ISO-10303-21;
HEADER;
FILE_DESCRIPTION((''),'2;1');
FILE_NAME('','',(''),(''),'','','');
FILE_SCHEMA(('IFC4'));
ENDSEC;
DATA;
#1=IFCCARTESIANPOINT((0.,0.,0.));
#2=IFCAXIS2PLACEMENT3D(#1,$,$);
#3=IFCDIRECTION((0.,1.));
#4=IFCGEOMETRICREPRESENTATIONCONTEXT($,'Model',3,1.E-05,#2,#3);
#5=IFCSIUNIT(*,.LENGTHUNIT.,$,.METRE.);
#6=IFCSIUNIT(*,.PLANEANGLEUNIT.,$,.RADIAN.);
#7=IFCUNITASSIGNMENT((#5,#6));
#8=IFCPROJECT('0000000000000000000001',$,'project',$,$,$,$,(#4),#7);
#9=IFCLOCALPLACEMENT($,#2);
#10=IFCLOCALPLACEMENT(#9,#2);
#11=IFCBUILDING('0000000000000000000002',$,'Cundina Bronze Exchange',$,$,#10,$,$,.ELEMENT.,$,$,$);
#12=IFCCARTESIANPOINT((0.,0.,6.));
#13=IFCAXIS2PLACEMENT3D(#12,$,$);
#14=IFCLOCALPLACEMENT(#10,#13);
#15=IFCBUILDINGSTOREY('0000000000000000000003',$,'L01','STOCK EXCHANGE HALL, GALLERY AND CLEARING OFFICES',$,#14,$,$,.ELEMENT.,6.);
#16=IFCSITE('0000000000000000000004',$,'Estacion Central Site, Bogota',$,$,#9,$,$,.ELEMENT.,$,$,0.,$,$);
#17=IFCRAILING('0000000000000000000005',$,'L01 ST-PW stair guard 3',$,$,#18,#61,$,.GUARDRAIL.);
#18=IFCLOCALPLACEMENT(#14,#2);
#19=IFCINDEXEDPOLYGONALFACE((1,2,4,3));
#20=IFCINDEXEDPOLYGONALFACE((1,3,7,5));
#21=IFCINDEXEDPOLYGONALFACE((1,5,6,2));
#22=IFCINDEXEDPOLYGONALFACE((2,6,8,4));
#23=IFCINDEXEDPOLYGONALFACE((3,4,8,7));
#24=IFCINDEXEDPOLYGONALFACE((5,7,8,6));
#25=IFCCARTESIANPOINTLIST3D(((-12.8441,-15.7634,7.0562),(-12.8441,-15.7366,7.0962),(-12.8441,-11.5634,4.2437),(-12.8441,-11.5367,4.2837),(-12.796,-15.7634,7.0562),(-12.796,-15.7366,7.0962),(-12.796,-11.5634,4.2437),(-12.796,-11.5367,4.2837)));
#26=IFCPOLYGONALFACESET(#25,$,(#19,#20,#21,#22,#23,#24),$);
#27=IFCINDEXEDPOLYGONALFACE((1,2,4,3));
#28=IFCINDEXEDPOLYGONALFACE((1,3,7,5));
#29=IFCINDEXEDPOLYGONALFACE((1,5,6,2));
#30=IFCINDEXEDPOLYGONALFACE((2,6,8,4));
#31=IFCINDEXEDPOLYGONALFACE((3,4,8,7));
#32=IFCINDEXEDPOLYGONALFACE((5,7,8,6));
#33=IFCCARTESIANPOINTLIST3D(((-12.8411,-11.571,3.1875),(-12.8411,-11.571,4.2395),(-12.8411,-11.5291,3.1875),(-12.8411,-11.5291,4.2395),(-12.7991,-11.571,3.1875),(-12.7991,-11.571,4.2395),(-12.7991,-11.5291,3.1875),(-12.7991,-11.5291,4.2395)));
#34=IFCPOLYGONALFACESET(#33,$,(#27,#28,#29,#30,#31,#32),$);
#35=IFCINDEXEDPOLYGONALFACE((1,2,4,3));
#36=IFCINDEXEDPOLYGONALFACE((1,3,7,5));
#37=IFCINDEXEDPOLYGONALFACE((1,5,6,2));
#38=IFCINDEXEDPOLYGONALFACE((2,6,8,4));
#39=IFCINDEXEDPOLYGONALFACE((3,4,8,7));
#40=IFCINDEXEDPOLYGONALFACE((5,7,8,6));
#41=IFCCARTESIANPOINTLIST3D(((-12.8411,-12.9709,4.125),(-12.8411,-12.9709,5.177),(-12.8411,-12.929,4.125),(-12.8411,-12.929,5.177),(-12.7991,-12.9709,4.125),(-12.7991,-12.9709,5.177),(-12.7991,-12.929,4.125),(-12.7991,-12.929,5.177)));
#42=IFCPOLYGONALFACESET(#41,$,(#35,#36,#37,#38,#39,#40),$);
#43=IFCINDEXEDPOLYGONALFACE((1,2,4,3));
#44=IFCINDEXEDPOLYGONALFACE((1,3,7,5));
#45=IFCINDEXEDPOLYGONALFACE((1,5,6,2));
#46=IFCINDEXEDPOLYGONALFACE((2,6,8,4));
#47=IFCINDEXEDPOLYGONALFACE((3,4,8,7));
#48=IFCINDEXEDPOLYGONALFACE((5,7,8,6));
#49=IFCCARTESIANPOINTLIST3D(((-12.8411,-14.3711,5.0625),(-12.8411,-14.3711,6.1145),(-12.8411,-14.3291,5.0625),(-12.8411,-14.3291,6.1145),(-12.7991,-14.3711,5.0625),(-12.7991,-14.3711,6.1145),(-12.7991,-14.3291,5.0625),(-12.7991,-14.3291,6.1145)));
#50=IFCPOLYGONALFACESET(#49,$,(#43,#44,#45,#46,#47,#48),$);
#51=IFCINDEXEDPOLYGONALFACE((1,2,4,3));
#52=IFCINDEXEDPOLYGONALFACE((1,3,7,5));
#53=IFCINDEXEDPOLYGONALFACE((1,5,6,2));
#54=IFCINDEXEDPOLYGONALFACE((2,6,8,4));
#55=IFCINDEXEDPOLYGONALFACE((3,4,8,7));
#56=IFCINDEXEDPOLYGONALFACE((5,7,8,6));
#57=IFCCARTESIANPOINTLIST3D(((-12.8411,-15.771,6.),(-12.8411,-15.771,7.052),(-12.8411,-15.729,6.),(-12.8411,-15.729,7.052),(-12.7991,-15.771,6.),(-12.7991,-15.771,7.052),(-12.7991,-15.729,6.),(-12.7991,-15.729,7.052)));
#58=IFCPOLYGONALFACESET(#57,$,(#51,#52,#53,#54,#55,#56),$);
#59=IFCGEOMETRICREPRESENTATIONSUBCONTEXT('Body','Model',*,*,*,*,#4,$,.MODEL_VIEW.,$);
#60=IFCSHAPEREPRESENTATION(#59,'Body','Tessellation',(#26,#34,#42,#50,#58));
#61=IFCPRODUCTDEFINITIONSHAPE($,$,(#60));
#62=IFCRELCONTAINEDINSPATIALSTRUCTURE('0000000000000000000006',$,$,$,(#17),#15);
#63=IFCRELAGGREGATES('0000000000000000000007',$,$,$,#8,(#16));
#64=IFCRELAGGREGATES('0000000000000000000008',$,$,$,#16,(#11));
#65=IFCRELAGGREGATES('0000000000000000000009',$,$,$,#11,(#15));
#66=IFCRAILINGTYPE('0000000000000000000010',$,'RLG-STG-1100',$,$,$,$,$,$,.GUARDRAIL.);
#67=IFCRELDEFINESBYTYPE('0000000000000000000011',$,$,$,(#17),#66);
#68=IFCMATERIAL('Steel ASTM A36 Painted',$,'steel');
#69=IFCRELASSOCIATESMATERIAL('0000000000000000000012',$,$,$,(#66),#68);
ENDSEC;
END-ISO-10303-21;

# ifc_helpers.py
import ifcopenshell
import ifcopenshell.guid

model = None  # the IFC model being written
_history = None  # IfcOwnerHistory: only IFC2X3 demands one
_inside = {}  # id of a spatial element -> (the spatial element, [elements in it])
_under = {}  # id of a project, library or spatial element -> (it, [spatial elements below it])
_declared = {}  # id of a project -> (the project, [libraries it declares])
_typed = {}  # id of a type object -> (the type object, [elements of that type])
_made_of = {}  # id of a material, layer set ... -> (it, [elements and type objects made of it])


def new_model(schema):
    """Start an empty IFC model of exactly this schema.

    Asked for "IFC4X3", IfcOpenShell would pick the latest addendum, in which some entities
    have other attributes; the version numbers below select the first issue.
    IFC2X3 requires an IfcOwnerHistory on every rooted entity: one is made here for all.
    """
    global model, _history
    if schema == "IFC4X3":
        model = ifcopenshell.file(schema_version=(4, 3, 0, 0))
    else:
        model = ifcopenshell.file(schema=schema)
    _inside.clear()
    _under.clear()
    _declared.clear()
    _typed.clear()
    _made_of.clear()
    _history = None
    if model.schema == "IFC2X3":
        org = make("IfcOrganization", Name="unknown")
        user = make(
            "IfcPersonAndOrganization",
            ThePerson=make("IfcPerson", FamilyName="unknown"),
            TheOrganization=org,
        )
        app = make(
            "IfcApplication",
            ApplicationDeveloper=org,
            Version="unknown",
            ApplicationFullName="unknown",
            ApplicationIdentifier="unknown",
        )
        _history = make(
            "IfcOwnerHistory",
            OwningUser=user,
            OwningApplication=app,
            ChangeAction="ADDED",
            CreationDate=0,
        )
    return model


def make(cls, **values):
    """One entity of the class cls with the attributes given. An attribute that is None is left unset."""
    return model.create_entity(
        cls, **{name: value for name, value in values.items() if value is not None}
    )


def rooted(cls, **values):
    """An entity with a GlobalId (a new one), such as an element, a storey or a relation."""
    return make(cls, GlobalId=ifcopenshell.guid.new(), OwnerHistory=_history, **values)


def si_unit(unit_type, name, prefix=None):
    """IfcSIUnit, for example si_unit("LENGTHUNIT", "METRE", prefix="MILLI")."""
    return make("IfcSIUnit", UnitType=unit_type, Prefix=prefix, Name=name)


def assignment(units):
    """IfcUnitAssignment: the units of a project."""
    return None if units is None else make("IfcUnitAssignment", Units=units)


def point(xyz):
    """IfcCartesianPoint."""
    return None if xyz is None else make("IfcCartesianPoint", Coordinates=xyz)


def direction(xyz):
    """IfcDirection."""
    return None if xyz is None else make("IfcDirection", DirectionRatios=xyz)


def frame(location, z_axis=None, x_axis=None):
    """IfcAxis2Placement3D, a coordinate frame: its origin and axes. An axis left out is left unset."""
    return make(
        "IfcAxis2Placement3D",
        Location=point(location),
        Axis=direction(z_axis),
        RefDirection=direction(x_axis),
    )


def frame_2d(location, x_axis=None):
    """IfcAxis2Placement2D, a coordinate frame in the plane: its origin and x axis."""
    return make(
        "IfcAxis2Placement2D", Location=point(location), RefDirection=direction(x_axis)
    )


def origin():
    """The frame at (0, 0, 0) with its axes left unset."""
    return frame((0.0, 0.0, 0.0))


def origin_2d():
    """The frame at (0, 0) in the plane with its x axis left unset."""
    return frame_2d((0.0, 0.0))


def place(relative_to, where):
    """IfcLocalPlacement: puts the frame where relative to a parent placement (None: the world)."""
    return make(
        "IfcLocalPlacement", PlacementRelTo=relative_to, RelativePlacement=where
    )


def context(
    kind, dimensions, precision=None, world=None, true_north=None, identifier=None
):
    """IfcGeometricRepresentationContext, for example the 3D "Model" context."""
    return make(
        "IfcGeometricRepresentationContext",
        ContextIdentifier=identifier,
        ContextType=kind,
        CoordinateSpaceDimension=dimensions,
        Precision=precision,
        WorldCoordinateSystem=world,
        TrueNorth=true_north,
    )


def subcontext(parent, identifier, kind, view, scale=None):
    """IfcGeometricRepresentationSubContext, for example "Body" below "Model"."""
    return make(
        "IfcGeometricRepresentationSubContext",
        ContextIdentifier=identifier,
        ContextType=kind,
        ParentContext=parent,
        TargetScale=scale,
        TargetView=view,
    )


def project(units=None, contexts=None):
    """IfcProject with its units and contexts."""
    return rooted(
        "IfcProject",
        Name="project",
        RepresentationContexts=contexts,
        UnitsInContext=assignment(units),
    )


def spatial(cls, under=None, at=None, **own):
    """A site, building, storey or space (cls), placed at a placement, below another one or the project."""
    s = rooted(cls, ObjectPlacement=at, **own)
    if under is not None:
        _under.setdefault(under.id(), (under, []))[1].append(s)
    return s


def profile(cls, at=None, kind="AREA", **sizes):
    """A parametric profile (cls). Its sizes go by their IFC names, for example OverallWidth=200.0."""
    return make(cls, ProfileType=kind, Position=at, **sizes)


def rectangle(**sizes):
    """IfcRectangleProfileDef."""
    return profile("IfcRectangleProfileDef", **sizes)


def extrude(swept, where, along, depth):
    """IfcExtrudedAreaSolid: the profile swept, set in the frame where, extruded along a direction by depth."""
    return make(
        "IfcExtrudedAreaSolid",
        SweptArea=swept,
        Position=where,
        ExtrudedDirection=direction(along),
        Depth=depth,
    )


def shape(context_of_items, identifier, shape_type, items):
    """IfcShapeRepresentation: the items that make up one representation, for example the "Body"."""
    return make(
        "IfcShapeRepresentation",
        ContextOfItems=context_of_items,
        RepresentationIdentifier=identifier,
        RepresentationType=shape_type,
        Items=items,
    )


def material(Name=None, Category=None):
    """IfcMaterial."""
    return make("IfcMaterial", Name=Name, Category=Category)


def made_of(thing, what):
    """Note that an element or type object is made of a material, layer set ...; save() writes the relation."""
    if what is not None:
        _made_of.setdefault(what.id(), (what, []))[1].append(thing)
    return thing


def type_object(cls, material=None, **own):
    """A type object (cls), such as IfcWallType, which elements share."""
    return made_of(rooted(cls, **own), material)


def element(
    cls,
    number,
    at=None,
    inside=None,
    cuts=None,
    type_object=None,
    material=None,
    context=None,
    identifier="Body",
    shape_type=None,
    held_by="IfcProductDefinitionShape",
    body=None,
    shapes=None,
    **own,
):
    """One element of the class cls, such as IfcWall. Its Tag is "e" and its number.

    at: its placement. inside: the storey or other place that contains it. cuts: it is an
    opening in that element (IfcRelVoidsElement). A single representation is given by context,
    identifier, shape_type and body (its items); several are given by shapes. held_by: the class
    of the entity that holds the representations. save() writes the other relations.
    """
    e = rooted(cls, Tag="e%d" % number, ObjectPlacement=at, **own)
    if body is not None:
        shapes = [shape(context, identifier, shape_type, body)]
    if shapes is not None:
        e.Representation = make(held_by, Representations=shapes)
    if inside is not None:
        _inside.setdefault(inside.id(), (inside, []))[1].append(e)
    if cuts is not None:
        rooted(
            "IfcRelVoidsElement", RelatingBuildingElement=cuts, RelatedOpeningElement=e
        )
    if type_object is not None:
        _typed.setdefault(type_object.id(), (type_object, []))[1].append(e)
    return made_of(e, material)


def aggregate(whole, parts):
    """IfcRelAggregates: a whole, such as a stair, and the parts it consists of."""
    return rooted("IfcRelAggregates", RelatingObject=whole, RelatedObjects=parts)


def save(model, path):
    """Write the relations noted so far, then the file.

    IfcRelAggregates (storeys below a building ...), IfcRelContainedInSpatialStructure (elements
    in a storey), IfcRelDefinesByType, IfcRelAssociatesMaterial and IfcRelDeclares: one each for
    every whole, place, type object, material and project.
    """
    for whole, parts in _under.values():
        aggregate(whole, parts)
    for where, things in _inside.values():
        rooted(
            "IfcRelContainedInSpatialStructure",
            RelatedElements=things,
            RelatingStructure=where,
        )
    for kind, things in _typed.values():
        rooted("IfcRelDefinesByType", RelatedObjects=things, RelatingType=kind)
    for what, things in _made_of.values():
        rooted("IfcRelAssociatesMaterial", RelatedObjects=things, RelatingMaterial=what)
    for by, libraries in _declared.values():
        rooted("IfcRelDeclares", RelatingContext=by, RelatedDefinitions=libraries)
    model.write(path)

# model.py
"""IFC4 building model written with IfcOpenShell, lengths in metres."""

from ifc_helpers import new_model, si_unit, direction, frame, origin, origin_2d, place, context, subcontext, project, spatial, rectangle, extrude, material, type_object, element, save


model = new_model("IFC4")

# Units and contexts
model_context = context("Model", 3, precision=1e-05, world=origin(), true_north=direction((0.0, 1.0)))
body_context = subcontext(model_context, "Body", "Model", "MODEL_VIEW")
ifc_project = project(units=[si_unit("LENGTHUNIT", "METRE"), si_unit("PLANEANGLEUNIT", "RADIAN")], contexts=[model_context])

# Site, building, storey
site_placement = place(None, origin())
site = spatial("IfcSite", under=ifc_project, at=site_placement, Name="Estacion Central Site, Bogota", CompositionType="ELEMENT", RefElevation=0.0)
building_placement = place(site_placement, origin())
building = spatial("IfcBuilding", under=site, at=building_placement, Name="Cundina Bronze Exchange", CompositionType="ELEMENT")
storey_placement = place(building_placement, frame((0.0, 0.0, 6.0)))
storey = spatial("IfcBuildingStorey", under=building, at=storey_placement, Name="L01", Description="STOCK EXCHANGE HALL, GALLERY AND CLEARING OFFICES", CompositionType="ELEMENT", Elevation=6.0)

# Shared definitions
ifc_material_1 = material(Name="Steel ASTM A36 Painted", Category="steel")

# Railing
railing_type_1 = type_object("IfcRailingType", Name="RLG-STG-1100", PredefinedType="GUARDRAIL", material=ifc_material_1)
railing_1_placement = place(storey_placement, frame((-12.8201, -11.55, 3.1875)))
element("IfcRailing", 1, at=railing_1_placement, inside=storey, type_object=railing_type_1, Name="L01 ST-PW stair guard 3", PredefinedType="GUARDRAIL", context=body_context, shape_type="SweptSolid", body=[
    extrude(rectangle(XDim=0.0481, YDim=0.0481, at=origin_2d()), frame((0.0, 0.0, 1.0762), z_axis=(0.0, -0.830904, 0.556416), x_axis=(1.0, 0.0, 0.0)), (0.0, 0.0, 1.0), 5.0547),
    extrude(rectangle(XDim=0.042, YDim=0.042, at=origin_2d()), origin(), (0.0, 0.0, 1.0), 1.052),
    extrude(rectangle(XDim=0.042, YDim=0.042, at=origin_2d()), frame((0.0, -1.3999, 0.9375)), (0.0, 0.0, 1.0), 1.052),
    extrude(rectangle(XDim=0.042, YDim=0.042, at=origin_2d()), frame((0.0, -2.8, 1.875)), (0.0, 0.0, 1.0), 1.052),
    extrude(rectangle(XDim=0.042, YDim=0.042, at=origin_2d()), frame((0.0, -4.2, 2.8125)), (0.0, 0.0, 1.0), 1.052),
])

save(model, "model.ifc")
